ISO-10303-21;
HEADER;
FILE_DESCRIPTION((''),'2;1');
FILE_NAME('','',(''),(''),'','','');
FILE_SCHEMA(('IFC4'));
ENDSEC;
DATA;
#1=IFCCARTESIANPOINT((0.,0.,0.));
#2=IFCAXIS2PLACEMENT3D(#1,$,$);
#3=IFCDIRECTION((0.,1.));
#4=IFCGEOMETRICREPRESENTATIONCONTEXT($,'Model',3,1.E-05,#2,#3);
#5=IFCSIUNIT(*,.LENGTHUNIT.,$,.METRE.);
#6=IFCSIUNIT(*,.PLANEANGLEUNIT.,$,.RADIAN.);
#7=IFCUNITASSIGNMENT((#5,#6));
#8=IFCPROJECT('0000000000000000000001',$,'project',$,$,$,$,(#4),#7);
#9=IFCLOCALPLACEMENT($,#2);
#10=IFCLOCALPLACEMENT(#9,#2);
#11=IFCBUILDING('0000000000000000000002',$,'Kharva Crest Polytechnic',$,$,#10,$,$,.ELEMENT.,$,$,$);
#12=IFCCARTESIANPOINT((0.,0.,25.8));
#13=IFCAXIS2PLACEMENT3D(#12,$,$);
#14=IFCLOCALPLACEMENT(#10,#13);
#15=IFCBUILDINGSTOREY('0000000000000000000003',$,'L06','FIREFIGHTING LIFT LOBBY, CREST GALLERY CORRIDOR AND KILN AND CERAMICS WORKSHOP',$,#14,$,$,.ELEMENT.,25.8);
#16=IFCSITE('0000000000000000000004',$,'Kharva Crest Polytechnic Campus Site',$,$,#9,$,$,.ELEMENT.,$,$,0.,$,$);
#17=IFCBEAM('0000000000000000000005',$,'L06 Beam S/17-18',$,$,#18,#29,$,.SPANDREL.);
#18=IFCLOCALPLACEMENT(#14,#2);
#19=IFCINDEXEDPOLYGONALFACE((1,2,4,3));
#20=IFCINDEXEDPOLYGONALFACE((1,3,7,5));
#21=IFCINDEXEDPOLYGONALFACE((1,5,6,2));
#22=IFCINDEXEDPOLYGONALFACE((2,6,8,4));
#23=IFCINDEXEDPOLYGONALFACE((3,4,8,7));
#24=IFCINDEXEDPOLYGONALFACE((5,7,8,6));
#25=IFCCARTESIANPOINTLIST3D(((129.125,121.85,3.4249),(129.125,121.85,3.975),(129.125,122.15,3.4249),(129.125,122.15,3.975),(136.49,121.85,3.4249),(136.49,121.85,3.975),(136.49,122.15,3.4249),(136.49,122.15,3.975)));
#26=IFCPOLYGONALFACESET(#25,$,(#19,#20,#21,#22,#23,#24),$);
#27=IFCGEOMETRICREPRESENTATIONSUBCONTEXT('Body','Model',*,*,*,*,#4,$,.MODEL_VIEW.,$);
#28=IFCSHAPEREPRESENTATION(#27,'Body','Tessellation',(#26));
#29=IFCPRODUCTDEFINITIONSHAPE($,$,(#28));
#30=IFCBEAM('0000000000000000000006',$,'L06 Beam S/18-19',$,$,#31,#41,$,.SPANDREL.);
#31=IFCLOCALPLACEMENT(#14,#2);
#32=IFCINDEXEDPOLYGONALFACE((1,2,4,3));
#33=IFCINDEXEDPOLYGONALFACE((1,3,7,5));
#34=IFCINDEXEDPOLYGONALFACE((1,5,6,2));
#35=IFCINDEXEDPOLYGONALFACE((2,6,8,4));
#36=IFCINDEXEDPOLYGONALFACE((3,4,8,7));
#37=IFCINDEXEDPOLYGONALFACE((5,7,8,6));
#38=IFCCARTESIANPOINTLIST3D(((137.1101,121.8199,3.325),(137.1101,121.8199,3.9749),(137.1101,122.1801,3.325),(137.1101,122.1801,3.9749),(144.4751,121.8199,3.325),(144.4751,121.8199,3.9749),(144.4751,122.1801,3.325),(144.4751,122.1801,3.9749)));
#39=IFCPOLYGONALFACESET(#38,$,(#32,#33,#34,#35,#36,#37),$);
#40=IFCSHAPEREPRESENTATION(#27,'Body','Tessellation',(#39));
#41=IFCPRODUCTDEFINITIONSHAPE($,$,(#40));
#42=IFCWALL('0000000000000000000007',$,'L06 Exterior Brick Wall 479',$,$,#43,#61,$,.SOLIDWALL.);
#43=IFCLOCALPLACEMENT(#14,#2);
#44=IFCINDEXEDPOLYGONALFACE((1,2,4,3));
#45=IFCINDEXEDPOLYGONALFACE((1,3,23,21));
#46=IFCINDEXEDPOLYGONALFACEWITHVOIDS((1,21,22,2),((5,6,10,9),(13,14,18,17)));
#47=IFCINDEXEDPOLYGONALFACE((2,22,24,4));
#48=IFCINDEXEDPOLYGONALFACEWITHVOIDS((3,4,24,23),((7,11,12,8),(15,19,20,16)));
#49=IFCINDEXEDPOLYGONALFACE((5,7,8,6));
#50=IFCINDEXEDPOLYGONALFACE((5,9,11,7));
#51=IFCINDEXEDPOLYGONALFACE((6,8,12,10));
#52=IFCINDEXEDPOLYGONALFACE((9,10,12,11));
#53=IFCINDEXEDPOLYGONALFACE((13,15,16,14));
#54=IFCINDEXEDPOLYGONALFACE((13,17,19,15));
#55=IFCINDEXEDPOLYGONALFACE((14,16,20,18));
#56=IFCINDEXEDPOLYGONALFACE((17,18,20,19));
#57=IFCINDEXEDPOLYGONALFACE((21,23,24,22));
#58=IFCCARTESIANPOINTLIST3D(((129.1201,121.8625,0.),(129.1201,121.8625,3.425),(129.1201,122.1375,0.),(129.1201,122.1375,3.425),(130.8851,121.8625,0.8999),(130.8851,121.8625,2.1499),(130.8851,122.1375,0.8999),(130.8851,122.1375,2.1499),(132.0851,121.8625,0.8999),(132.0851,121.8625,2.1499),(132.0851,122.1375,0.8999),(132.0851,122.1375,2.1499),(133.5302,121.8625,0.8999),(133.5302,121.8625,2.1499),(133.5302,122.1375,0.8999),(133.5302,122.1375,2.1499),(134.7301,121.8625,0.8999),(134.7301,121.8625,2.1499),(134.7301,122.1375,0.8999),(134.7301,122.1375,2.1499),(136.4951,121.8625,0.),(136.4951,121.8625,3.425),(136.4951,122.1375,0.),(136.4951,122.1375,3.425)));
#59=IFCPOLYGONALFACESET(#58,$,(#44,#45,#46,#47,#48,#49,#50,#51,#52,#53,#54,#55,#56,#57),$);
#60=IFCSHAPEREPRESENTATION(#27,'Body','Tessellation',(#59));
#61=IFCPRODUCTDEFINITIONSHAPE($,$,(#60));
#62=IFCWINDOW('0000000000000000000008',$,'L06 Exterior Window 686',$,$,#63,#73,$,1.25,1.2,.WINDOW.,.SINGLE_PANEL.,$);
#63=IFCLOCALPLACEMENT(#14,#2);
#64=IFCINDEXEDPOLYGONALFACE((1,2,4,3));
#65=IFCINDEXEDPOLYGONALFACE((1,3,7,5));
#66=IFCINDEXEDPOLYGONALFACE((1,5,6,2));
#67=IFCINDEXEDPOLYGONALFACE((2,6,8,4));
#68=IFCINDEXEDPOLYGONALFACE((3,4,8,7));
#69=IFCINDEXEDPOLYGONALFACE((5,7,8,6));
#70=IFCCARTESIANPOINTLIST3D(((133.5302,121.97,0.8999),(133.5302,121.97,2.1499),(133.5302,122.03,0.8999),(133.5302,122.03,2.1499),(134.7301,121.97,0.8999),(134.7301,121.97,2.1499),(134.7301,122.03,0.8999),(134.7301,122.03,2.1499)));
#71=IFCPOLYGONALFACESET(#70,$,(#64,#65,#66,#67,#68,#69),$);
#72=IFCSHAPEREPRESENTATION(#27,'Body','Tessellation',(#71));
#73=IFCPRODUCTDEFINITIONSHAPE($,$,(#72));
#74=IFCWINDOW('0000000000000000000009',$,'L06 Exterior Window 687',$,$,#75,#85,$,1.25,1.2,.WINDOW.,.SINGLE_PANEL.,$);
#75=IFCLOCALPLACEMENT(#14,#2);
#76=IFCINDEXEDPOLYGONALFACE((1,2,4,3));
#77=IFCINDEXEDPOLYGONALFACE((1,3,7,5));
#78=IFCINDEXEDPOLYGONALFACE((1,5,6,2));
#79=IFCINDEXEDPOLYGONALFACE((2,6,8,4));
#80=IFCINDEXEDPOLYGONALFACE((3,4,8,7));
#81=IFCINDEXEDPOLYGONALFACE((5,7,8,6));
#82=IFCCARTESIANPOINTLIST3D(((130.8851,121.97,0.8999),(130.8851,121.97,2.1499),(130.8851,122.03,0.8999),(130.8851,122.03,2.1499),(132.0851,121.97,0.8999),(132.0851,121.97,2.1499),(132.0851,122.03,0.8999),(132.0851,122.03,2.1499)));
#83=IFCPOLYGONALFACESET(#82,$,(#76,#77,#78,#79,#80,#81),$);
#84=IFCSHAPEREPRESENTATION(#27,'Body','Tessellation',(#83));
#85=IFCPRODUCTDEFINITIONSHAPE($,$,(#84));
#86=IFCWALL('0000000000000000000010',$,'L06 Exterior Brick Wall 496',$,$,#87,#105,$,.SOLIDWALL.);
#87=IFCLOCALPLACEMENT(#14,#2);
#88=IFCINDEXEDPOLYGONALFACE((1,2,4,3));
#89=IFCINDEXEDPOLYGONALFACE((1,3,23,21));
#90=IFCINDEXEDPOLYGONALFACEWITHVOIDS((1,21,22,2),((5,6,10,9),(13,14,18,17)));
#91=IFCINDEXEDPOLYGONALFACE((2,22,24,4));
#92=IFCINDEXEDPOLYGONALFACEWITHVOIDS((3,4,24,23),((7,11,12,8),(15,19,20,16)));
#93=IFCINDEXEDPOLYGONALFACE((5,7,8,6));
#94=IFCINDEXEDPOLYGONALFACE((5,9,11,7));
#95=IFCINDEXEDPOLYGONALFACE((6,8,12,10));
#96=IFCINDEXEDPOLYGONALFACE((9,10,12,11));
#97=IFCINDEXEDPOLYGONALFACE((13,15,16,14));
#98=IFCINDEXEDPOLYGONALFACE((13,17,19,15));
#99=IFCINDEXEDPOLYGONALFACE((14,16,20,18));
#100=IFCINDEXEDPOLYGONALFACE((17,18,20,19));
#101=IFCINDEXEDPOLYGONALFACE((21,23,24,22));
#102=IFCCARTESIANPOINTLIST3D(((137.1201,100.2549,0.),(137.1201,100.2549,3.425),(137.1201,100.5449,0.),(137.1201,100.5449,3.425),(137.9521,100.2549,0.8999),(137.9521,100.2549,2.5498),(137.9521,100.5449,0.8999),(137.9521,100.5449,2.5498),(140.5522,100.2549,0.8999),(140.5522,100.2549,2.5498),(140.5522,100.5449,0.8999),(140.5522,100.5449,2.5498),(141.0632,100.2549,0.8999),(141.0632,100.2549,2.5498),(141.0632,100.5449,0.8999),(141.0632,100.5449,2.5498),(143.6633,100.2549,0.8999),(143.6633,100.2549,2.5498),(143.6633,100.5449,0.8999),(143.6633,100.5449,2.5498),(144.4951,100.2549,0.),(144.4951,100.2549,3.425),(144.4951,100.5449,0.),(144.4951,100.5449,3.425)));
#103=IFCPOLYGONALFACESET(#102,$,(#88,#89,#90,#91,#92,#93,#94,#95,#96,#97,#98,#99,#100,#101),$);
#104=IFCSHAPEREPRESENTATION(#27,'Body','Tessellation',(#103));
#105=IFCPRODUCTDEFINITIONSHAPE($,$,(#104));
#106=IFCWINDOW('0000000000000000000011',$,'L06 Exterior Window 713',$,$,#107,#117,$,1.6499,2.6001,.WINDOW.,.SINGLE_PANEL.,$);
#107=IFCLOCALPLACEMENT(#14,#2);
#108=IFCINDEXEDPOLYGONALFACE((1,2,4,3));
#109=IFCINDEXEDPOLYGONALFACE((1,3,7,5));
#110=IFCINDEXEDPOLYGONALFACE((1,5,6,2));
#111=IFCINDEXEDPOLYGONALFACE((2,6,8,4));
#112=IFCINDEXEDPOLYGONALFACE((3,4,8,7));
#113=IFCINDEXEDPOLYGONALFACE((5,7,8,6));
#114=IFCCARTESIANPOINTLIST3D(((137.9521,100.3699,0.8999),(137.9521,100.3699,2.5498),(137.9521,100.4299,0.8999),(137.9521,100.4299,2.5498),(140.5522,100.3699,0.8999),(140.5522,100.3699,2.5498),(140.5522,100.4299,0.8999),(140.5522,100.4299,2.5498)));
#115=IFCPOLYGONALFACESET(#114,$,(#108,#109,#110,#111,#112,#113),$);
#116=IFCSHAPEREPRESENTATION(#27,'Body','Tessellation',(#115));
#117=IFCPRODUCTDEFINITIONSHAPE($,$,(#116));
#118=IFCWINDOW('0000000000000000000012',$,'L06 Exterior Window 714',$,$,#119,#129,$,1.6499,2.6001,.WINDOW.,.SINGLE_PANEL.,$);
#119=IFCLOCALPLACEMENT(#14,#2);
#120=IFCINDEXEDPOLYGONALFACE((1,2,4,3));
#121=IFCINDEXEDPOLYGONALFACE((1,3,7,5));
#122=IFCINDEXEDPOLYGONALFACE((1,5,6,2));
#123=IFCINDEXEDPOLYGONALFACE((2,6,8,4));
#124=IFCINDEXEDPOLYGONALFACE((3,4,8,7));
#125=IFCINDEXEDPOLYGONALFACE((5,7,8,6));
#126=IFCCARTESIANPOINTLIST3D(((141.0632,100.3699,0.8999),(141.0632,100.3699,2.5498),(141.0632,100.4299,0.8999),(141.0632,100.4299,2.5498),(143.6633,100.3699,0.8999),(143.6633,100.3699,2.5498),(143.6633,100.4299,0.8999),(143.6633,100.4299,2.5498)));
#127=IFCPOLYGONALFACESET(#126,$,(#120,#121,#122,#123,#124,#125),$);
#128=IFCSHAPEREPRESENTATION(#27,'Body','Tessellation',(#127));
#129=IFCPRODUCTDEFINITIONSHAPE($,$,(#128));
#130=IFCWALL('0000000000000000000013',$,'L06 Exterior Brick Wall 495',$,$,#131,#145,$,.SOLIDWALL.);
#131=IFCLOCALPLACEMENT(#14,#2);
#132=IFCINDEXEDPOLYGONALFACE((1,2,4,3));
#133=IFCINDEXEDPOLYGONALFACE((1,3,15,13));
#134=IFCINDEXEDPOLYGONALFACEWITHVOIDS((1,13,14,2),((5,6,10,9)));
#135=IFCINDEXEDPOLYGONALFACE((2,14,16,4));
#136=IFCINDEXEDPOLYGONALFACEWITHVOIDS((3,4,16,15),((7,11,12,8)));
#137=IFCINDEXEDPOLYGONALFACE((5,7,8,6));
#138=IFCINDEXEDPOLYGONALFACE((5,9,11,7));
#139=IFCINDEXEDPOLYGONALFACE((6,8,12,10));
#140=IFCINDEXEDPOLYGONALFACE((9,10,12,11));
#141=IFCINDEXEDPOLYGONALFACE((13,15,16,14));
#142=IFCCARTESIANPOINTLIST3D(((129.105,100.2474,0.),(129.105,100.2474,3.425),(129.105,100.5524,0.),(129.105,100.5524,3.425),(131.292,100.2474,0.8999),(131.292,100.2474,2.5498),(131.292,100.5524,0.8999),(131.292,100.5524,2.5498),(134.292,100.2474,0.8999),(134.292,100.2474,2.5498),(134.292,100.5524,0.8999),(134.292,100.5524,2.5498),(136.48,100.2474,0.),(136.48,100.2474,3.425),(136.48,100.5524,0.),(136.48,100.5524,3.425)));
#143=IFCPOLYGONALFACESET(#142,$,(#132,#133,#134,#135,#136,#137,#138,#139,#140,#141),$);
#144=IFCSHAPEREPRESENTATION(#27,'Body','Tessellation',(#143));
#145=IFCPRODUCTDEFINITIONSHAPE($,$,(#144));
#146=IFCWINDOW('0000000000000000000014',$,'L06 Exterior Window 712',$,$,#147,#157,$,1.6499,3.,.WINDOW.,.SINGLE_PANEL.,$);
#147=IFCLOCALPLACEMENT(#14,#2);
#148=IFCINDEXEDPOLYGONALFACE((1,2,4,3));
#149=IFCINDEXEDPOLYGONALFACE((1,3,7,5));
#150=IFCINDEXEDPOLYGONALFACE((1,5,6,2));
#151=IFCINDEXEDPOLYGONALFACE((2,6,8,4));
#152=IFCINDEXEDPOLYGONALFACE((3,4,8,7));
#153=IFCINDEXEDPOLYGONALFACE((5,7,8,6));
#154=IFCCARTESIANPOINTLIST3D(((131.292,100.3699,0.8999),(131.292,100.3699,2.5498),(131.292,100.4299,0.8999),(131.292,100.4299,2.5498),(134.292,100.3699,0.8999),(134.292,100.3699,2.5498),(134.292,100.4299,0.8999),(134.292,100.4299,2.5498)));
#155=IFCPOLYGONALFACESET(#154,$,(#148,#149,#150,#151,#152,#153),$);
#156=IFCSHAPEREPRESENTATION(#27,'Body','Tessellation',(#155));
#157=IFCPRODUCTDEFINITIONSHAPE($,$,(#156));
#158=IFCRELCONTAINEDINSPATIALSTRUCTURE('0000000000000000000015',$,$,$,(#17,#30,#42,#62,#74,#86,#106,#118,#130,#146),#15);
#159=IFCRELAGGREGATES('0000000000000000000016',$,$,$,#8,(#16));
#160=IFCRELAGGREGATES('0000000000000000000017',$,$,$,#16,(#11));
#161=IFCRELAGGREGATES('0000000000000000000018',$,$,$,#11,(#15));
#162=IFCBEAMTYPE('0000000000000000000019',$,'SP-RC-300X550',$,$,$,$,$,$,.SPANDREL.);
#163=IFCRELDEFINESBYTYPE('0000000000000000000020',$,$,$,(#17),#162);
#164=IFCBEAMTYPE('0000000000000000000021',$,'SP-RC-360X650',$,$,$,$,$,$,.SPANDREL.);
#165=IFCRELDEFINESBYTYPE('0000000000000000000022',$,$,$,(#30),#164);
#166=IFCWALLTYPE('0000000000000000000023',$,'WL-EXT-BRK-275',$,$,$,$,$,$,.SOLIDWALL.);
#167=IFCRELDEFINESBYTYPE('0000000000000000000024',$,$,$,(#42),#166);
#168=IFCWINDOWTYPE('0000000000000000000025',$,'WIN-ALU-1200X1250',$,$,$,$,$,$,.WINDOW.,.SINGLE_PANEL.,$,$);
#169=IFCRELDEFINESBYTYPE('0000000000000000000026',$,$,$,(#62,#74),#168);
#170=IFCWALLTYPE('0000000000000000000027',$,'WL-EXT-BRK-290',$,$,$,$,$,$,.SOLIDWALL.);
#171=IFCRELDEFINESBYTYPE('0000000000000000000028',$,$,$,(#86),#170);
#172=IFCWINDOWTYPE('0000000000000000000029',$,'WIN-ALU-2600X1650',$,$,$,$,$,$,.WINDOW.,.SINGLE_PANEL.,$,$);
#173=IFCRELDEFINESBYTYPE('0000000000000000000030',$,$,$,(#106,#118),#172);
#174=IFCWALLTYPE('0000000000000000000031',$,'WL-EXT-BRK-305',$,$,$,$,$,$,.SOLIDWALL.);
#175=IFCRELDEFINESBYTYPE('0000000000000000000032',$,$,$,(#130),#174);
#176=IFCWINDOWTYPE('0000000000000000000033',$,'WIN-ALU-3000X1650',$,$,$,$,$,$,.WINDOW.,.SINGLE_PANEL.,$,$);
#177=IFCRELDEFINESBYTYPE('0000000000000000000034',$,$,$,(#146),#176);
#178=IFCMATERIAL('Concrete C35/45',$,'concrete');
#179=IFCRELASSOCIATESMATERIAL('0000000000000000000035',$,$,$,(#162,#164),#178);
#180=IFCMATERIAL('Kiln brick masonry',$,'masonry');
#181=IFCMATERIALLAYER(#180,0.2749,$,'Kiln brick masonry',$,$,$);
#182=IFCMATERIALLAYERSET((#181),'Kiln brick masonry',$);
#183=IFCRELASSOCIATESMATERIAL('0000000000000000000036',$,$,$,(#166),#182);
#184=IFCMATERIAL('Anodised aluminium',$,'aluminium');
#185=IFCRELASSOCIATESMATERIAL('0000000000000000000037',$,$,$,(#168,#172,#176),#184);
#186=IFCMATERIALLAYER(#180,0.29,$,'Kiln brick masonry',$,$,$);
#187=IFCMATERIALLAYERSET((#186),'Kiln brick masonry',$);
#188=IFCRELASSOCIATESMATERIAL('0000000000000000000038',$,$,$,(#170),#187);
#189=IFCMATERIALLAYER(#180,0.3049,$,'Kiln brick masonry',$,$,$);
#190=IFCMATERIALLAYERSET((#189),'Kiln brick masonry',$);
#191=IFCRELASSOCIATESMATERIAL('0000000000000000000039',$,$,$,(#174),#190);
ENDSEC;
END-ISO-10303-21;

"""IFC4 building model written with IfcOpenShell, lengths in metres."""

from ifc_helpers import new_model, si_unit, direction, frame, frame_2d, origin, origin_2d, place, context, subcontext, project, spatial, rectangle, extrude, material, layer, layer_set, material_profile, profile_set, type_object, element, fill, save


model = new_model("IFC4")

# Units and contexts
model_context = context("Model", 3, precision=1e-05, world=origin(), true_north=direction((0.0, 1.0)))
body_context = subcontext(model_context, "Body", "Model", "MODEL_VIEW")
ifc_project = project(units=[si_unit("LENGTHUNIT", "METRE"), si_unit("PLANEANGLEUNIT", "RADIAN")], contexts=[model_context])

# Site, building, storey
site_placement = place(None, origin())
site = spatial("IfcSite", under=ifc_project, at=site_placement, Name="Kharva Crest Polytechnic Campus Site", CompositionType="ELEMENT", RefElevation=0.0)
building_placement = place(site_placement, origin())
building = spatial("IfcBuilding", under=site, at=building_placement, Name="Kharva Crest Polytechnic", CompositionType="ELEMENT")
storey_placement = place(building_placement, frame((0.0, 0.0, 25.8)))
storey = spatial("IfcBuildingStorey", under=building, at=storey_placement, Name="L06", Description="FIREFIGHTING LIFT LOBBY, CREST GALLERY CORRIDOR AND KILN AND CERAMICS WORKSHOP", CompositionType="ELEMENT", Elevation=25.8)

# Beams
ifc_material_1 = material(Name="Concrete C35/45", Category="concrete")
ifc_material_profile_1 = material_profile(ifc_material_1, rectangle(XDim=0.3, YDim=0.55, at=origin_2d()), Name="RECT 300 X 550")
ifc_profile_set_1 = profile_set([ifc_material_profile_1], Name="Concrete C35/45")
beam_type_1 = type_object("IfcBeamType", Name="SP-RC-300X550", PredefinedType="SPANDREL", material=ifc_profile_set_1)
for number, where, z_axis, x_axis, name in (
    (1, (129.125, 122.0, 3.7), (1.0, 0.0, 0.0), (0.0, 1.0, 0.0), "L06 Beam S/17-18"),
):
    element("IfcBeam", number, at=place(storey_placement, frame(where, z_axis=z_axis, x_axis=x_axis)), inside=storey, type_object=beam_type_1, Name=name, PredefinedType="SPANDREL", context=body_context, shape_type="SweptSolid", body=[
        extrude(rectangle(XDim=0.3, YDim=0.55, at=origin_2d()), origin(), (0.0, 0.0, 1.0), 7.365),
    ])
ifc_material_profile_2 = material_profile(ifc_material_1, rectangle(XDim=0.3601, YDim=0.6499, at=origin_2d()), Name="RECT 360 X 650")
ifc_profile_set_2 = profile_set([ifc_material_profile_2], Name="Concrete C35/45")
beam_type_2 = type_object("IfcBeamType", Name="SP-RC-360X650", PredefinedType="SPANDREL", material=ifc_profile_set_2)
beam_1_placement = place(storey_placement, frame((137.1101, 122.0, 3.6499), z_axis=(1.0, 0.0, 0.0), x_axis=(0.0, 1.0, 0.0)))
element("IfcBeam", 2, at=beam_1_placement, inside=storey, type_object=beam_type_2, Name="L06 Beam S/18-19", PredefinedType="SPANDREL", context=body_context, shape_type="SweptSolid", body=[
    extrude(rectangle(XDim=0.3601, YDim=0.6499, at=origin_2d()), origin(), (0.0, 0.0, 1.0), 7.365),
])

# Walls, openings, windows
ifc_material_2 = material(Name="Kiln brick masonry", Category="masonry")
ifc_layer_1 = layer(ifc_material_2, 0.2749, Name="Kiln brick masonry")
ifc_layer_set_1 = layer_set([ifc_layer_1], Name="Kiln brick masonry")
wall_type_1 = type_object("IfcWallType", Name="WL-EXT-BRK-275", PredefinedType="SOLIDWALL", material=ifc_layer_set_1)
wall_1_placement = place(storey_placement, frame((136.4951, 122.0, 0.0), z_axis=(0.0, 0.0, 1.0), x_axis=(-1.0, 0.0, 0.0)))
wall_1 = element("IfcWall", 3, at=wall_1_placement, inside=storey, type_object=wall_type_1, Name="L06 Exterior Brick Wall 479", PredefinedType="SOLIDWALL", context=body_context, shape_type="SweptSolid", body=[
    extrude(rectangle(XDim=7.375, YDim=0.2749, at=frame_2d((3.6875, 0.0))), origin(), (0.0, 0.0, 1.0), 3.425),
])
opening_1_placement = place(wall_1_placement, frame((1.7649, 0.0, 0.8999)))
opening_1 = element("IfcOpeningElement", 4, at=opening_1_placement, cuts=wall_1, PredefinedType="OPENING", context=body_context, shape_type="SweptSolid", body=[
    extrude(rectangle(XDim=1.2, YDim=1.25, at=frame_2d((0.6001, 0.625))), frame((0.0, 0.1475, 0.0), z_axis=(0.0, -1.0, 0.0), x_axis=(1.0, 0.0, 0.0)), (0.0, 0.0, 1.0), 0.2949),
])
opening_2_placement = place(wall_1_placement, frame((4.4099, 0.0, 0.8999)))
opening_2 = element("IfcOpeningElement", 5, at=opening_2_placement, cuts=wall_1, PredefinedType="OPENING", context=body_context, shape_type="SweptSolid", body=[
    extrude(rectangle(XDim=1.2, YDim=1.25, at=frame_2d((0.6001, 0.625))), frame((0.0, 0.1475, 0.0), z_axis=(0.0, -1.0, 0.0), x_axis=(1.0, 0.0, 0.0)), (0.0, 0.0, 1.0), 0.2949),
])
ifc_material_3 = material(Name="Anodised aluminium", Category="aluminium")
window_type_1 = type_object("IfcWindowType", Name="WIN-ALU-1200X1250", PartitioningType="SINGLE_PANEL", PredefinedType="WINDOW", material=ifc_material_3)
window_1_placement = place(opening_1_placement, origin())
window_1 = element("IfcWindow", 6, at=window_1_placement, inside=storey, type_object=window_type_1, Name="L06 Exterior Window 686", OverallHeight=1.25, OverallWidth=1.2, PartitioningType="SINGLE_PANEL", PredefinedType="WINDOW", context=body_context, shape_type="SweptSolid", body=[
    extrude(rectangle(XDim=1.2, YDim=1.25, at=frame_2d((0.6001, 0.625))), frame((0.0, 0.03, 0.0), z_axis=(0.0, -1.0, 0.0), x_axis=(1.0, 0.0, 0.0)), (0.0, 0.0, 1.0), 0.0601),
])
fill(opening_1, window_1)
window_2_placement = place(opening_2_placement, origin())
window_2 = element("IfcWindow", 7, at=window_2_placement, inside=storey, type_object=window_type_1, Name="L06 Exterior Window 687", OverallHeight=1.25, OverallWidth=1.2, PartitioningType="SINGLE_PANEL", PredefinedType="WINDOW", context=body_context, shape_type="SweptSolid", body=[
    extrude(rectangle(XDim=1.2, YDim=1.25, at=frame_2d((0.6001, 0.625))), frame((0.0, 0.03, 0.0), z_axis=(0.0, -1.0, 0.0), x_axis=(1.0, 0.0, 0.0)), (0.0, 0.0, 1.0), 0.0601),
])
fill(opening_2, window_2)
ifc_layer_2 = layer(ifc_material_2, 0.29, Name="Kiln brick masonry")
ifc_layer_set_2 = layer_set([ifc_layer_2], Name="Kiln brick masonry")
wall_type_2 = type_object("IfcWallType", Name="WL-EXT-BRK-290", PredefinedType="SOLIDWALL", material=ifc_layer_set_2)
wall_2_placement = place(storey_placement, frame((137.1201, 100.3999, 0.0), z_axis=(0.0, 0.0, 1.0), x_axis=(1.0, 0.0, 0.0)))
wall_2 = element("IfcWall", 8, at=wall_2_placement, inside=storey, type_object=wall_type_2, Name="L06 Exterior Brick Wall 496", PredefinedType="SOLIDWALL", context=body_context, shape_type="SweptSolid", body=[
    extrude(rectangle(XDim=7.375, YDim=0.29, at=frame_2d((3.6875, 0.0))), origin(), (0.0, 0.0, 1.0), 3.425),
])
opening_3_placement = place(wall_2_placement, frame((0.832, 0.0, 0.8999)))
opening_3 = element("IfcOpeningElement", 9, at=opening_3_placement, cuts=wall_2, PredefinedType="OPENING", context=body_context, shape_type="SweptSolid", body=[
    extrude(rectangle(XDim=2.6001, YDim=1.6499, at=frame_2d((1.3, 0.825))), frame((0.0, 0.155, 0.0), z_axis=(0.0, -1.0, 0.0), x_axis=(1.0, 0.0, 0.0)), (0.0, 0.0, 1.0), 0.3101),
])
opening_4_placement = place(wall_2_placement, frame((3.9431, 0.0, 0.8999)))
opening_4 = element("IfcOpeningElement", 10, at=opening_4_placement, cuts=wall_2, PredefinedType="OPENING", context=body_context, shape_type="SweptSolid", body=[
    extrude(rectangle(XDim=2.6001, YDim=1.6499, at=frame_2d((1.3, 0.825))), frame((0.0, 0.155, 0.0), z_axis=(0.0, -1.0, 0.0), x_axis=(1.0, 0.0, 0.0)), (0.0, 0.0, 1.0), 0.3101),
])
window_type_2 = type_object("IfcWindowType", Name="WIN-ALU-2600X1650", PartitioningType="SINGLE_PANEL", PredefinedType="WINDOW", material=ifc_material_3)
window_3_placement = place(opening_3_placement, origin())
window_3 = element("IfcWindow", 11, at=window_3_placement, inside=storey, type_object=window_type_2, Name="L06 Exterior Window 713", OverallHeight=1.6499, OverallWidth=2.6001, PartitioningType="SINGLE_PANEL", PredefinedType="WINDOW", context=body_context, shape_type="SweptSolid", body=[
    extrude(rectangle(XDim=2.6001, YDim=1.6499, at=frame_2d((1.3, 0.825))), frame((0.0, 0.03, 0.0), z_axis=(0.0, -1.0, 0.0), x_axis=(1.0, 0.0, 0.0)), (0.0, 0.0, 1.0), 0.0601),
])
fill(opening_3, window_3)
window_4_placement = place(opening_4_placement, origin())
window_4 = element("IfcWindow", 12, at=window_4_placement, inside=storey, type_object=window_type_2, Name="L06 Exterior Window 714", OverallHeight=1.6499, OverallWidth=2.6001, PartitioningType="SINGLE_PANEL", PredefinedType="WINDOW", context=body_context, shape_type="SweptSolid", body=[
    extrude(rectangle(XDim=2.6001, YDim=1.6499, at=frame_2d((1.3, 0.825))), frame((0.0, 0.03, 0.0), z_axis=(0.0, -1.0, 0.0), x_axis=(1.0, 0.0, 0.0)), (0.0, 0.0, 1.0), 0.0601),
])
fill(opening_4, window_4)

# Wall, opening, window
ifc_layer_3 = layer(ifc_material_2, 0.3049, Name="Kiln brick masonry")
ifc_layer_set_3 = layer_set([ifc_layer_3], Name="Kiln brick masonry")
wall_type_3 = type_object("IfcWallType", Name="WL-EXT-BRK-305", PredefinedType="SOLIDWALL", material=ifc_layer_set_3)
wall_3_placement = place(storey_placement, frame((129.105, 100.3999, 0.0), z_axis=(0.0, 0.0, 1.0), x_axis=(1.0, 0.0, 0.0)))
wall_3 = element("IfcWall", 13, at=wall_3_placement, inside=storey, type_object=wall_type_3, Name="L06 Exterior Brick Wall 495", PredefinedType="SOLIDWALL", context=body_context, shape_type="SweptSolid", body=[
    extrude(rectangle(XDim=7.375, YDim=0.3049, at=frame_2d((3.6875, 0.0))), origin(), (0.0, 0.0, 1.0), 3.425),
])
opening_5_placement = place(wall_3_placement, frame((2.187, 0.0, 0.8999)))
opening_5 = element("IfcOpeningElement", 14, at=opening_5_placement, cuts=wall_3, PredefinedType="OPENING", context=body_context, shape_type="SweptSolid", body=[
    extrude(rectangle(XDim=3.0, YDim=1.6499, at=frame_2d((1.5, 0.825))), frame((0.0, 0.1624, 0.0), z_axis=(0.0, -1.0, 0.0), x_axis=(1.0, 0.0, 0.0)), (0.0, 0.0, 1.0), 0.325),
])
window_type_3 = type_object("IfcWindowType", Name="WIN-ALU-3000X1650", PartitioningType="SINGLE_PANEL", PredefinedType="WINDOW", material=ifc_material_3)
window_5_placement = place(opening_5_placement, origin())
window_5 = element("IfcWindow", 15, at=window_5_placement, inside=storey, type_object=window_type_3, Name="L06 Exterior Window 712", OverallHeight=1.6499, OverallWidth=3.0, PartitioningType="SINGLE_PANEL", PredefinedType="WINDOW", context=body_context, shape_type="SweptSolid", body=[
    extrude(rectangle(XDim=3.0, YDim=1.6499, at=frame_2d((1.5, 0.825))), frame((0.0, 0.03, 0.0), z_axis=(0.0, -1.0, 0.0), x_axis=(1.0, 0.0, 0.0)), (0.0, 0.0, 1.0), 0.0601),
])
fill(opening_5, window_5)

save(model, "model.ifc")
